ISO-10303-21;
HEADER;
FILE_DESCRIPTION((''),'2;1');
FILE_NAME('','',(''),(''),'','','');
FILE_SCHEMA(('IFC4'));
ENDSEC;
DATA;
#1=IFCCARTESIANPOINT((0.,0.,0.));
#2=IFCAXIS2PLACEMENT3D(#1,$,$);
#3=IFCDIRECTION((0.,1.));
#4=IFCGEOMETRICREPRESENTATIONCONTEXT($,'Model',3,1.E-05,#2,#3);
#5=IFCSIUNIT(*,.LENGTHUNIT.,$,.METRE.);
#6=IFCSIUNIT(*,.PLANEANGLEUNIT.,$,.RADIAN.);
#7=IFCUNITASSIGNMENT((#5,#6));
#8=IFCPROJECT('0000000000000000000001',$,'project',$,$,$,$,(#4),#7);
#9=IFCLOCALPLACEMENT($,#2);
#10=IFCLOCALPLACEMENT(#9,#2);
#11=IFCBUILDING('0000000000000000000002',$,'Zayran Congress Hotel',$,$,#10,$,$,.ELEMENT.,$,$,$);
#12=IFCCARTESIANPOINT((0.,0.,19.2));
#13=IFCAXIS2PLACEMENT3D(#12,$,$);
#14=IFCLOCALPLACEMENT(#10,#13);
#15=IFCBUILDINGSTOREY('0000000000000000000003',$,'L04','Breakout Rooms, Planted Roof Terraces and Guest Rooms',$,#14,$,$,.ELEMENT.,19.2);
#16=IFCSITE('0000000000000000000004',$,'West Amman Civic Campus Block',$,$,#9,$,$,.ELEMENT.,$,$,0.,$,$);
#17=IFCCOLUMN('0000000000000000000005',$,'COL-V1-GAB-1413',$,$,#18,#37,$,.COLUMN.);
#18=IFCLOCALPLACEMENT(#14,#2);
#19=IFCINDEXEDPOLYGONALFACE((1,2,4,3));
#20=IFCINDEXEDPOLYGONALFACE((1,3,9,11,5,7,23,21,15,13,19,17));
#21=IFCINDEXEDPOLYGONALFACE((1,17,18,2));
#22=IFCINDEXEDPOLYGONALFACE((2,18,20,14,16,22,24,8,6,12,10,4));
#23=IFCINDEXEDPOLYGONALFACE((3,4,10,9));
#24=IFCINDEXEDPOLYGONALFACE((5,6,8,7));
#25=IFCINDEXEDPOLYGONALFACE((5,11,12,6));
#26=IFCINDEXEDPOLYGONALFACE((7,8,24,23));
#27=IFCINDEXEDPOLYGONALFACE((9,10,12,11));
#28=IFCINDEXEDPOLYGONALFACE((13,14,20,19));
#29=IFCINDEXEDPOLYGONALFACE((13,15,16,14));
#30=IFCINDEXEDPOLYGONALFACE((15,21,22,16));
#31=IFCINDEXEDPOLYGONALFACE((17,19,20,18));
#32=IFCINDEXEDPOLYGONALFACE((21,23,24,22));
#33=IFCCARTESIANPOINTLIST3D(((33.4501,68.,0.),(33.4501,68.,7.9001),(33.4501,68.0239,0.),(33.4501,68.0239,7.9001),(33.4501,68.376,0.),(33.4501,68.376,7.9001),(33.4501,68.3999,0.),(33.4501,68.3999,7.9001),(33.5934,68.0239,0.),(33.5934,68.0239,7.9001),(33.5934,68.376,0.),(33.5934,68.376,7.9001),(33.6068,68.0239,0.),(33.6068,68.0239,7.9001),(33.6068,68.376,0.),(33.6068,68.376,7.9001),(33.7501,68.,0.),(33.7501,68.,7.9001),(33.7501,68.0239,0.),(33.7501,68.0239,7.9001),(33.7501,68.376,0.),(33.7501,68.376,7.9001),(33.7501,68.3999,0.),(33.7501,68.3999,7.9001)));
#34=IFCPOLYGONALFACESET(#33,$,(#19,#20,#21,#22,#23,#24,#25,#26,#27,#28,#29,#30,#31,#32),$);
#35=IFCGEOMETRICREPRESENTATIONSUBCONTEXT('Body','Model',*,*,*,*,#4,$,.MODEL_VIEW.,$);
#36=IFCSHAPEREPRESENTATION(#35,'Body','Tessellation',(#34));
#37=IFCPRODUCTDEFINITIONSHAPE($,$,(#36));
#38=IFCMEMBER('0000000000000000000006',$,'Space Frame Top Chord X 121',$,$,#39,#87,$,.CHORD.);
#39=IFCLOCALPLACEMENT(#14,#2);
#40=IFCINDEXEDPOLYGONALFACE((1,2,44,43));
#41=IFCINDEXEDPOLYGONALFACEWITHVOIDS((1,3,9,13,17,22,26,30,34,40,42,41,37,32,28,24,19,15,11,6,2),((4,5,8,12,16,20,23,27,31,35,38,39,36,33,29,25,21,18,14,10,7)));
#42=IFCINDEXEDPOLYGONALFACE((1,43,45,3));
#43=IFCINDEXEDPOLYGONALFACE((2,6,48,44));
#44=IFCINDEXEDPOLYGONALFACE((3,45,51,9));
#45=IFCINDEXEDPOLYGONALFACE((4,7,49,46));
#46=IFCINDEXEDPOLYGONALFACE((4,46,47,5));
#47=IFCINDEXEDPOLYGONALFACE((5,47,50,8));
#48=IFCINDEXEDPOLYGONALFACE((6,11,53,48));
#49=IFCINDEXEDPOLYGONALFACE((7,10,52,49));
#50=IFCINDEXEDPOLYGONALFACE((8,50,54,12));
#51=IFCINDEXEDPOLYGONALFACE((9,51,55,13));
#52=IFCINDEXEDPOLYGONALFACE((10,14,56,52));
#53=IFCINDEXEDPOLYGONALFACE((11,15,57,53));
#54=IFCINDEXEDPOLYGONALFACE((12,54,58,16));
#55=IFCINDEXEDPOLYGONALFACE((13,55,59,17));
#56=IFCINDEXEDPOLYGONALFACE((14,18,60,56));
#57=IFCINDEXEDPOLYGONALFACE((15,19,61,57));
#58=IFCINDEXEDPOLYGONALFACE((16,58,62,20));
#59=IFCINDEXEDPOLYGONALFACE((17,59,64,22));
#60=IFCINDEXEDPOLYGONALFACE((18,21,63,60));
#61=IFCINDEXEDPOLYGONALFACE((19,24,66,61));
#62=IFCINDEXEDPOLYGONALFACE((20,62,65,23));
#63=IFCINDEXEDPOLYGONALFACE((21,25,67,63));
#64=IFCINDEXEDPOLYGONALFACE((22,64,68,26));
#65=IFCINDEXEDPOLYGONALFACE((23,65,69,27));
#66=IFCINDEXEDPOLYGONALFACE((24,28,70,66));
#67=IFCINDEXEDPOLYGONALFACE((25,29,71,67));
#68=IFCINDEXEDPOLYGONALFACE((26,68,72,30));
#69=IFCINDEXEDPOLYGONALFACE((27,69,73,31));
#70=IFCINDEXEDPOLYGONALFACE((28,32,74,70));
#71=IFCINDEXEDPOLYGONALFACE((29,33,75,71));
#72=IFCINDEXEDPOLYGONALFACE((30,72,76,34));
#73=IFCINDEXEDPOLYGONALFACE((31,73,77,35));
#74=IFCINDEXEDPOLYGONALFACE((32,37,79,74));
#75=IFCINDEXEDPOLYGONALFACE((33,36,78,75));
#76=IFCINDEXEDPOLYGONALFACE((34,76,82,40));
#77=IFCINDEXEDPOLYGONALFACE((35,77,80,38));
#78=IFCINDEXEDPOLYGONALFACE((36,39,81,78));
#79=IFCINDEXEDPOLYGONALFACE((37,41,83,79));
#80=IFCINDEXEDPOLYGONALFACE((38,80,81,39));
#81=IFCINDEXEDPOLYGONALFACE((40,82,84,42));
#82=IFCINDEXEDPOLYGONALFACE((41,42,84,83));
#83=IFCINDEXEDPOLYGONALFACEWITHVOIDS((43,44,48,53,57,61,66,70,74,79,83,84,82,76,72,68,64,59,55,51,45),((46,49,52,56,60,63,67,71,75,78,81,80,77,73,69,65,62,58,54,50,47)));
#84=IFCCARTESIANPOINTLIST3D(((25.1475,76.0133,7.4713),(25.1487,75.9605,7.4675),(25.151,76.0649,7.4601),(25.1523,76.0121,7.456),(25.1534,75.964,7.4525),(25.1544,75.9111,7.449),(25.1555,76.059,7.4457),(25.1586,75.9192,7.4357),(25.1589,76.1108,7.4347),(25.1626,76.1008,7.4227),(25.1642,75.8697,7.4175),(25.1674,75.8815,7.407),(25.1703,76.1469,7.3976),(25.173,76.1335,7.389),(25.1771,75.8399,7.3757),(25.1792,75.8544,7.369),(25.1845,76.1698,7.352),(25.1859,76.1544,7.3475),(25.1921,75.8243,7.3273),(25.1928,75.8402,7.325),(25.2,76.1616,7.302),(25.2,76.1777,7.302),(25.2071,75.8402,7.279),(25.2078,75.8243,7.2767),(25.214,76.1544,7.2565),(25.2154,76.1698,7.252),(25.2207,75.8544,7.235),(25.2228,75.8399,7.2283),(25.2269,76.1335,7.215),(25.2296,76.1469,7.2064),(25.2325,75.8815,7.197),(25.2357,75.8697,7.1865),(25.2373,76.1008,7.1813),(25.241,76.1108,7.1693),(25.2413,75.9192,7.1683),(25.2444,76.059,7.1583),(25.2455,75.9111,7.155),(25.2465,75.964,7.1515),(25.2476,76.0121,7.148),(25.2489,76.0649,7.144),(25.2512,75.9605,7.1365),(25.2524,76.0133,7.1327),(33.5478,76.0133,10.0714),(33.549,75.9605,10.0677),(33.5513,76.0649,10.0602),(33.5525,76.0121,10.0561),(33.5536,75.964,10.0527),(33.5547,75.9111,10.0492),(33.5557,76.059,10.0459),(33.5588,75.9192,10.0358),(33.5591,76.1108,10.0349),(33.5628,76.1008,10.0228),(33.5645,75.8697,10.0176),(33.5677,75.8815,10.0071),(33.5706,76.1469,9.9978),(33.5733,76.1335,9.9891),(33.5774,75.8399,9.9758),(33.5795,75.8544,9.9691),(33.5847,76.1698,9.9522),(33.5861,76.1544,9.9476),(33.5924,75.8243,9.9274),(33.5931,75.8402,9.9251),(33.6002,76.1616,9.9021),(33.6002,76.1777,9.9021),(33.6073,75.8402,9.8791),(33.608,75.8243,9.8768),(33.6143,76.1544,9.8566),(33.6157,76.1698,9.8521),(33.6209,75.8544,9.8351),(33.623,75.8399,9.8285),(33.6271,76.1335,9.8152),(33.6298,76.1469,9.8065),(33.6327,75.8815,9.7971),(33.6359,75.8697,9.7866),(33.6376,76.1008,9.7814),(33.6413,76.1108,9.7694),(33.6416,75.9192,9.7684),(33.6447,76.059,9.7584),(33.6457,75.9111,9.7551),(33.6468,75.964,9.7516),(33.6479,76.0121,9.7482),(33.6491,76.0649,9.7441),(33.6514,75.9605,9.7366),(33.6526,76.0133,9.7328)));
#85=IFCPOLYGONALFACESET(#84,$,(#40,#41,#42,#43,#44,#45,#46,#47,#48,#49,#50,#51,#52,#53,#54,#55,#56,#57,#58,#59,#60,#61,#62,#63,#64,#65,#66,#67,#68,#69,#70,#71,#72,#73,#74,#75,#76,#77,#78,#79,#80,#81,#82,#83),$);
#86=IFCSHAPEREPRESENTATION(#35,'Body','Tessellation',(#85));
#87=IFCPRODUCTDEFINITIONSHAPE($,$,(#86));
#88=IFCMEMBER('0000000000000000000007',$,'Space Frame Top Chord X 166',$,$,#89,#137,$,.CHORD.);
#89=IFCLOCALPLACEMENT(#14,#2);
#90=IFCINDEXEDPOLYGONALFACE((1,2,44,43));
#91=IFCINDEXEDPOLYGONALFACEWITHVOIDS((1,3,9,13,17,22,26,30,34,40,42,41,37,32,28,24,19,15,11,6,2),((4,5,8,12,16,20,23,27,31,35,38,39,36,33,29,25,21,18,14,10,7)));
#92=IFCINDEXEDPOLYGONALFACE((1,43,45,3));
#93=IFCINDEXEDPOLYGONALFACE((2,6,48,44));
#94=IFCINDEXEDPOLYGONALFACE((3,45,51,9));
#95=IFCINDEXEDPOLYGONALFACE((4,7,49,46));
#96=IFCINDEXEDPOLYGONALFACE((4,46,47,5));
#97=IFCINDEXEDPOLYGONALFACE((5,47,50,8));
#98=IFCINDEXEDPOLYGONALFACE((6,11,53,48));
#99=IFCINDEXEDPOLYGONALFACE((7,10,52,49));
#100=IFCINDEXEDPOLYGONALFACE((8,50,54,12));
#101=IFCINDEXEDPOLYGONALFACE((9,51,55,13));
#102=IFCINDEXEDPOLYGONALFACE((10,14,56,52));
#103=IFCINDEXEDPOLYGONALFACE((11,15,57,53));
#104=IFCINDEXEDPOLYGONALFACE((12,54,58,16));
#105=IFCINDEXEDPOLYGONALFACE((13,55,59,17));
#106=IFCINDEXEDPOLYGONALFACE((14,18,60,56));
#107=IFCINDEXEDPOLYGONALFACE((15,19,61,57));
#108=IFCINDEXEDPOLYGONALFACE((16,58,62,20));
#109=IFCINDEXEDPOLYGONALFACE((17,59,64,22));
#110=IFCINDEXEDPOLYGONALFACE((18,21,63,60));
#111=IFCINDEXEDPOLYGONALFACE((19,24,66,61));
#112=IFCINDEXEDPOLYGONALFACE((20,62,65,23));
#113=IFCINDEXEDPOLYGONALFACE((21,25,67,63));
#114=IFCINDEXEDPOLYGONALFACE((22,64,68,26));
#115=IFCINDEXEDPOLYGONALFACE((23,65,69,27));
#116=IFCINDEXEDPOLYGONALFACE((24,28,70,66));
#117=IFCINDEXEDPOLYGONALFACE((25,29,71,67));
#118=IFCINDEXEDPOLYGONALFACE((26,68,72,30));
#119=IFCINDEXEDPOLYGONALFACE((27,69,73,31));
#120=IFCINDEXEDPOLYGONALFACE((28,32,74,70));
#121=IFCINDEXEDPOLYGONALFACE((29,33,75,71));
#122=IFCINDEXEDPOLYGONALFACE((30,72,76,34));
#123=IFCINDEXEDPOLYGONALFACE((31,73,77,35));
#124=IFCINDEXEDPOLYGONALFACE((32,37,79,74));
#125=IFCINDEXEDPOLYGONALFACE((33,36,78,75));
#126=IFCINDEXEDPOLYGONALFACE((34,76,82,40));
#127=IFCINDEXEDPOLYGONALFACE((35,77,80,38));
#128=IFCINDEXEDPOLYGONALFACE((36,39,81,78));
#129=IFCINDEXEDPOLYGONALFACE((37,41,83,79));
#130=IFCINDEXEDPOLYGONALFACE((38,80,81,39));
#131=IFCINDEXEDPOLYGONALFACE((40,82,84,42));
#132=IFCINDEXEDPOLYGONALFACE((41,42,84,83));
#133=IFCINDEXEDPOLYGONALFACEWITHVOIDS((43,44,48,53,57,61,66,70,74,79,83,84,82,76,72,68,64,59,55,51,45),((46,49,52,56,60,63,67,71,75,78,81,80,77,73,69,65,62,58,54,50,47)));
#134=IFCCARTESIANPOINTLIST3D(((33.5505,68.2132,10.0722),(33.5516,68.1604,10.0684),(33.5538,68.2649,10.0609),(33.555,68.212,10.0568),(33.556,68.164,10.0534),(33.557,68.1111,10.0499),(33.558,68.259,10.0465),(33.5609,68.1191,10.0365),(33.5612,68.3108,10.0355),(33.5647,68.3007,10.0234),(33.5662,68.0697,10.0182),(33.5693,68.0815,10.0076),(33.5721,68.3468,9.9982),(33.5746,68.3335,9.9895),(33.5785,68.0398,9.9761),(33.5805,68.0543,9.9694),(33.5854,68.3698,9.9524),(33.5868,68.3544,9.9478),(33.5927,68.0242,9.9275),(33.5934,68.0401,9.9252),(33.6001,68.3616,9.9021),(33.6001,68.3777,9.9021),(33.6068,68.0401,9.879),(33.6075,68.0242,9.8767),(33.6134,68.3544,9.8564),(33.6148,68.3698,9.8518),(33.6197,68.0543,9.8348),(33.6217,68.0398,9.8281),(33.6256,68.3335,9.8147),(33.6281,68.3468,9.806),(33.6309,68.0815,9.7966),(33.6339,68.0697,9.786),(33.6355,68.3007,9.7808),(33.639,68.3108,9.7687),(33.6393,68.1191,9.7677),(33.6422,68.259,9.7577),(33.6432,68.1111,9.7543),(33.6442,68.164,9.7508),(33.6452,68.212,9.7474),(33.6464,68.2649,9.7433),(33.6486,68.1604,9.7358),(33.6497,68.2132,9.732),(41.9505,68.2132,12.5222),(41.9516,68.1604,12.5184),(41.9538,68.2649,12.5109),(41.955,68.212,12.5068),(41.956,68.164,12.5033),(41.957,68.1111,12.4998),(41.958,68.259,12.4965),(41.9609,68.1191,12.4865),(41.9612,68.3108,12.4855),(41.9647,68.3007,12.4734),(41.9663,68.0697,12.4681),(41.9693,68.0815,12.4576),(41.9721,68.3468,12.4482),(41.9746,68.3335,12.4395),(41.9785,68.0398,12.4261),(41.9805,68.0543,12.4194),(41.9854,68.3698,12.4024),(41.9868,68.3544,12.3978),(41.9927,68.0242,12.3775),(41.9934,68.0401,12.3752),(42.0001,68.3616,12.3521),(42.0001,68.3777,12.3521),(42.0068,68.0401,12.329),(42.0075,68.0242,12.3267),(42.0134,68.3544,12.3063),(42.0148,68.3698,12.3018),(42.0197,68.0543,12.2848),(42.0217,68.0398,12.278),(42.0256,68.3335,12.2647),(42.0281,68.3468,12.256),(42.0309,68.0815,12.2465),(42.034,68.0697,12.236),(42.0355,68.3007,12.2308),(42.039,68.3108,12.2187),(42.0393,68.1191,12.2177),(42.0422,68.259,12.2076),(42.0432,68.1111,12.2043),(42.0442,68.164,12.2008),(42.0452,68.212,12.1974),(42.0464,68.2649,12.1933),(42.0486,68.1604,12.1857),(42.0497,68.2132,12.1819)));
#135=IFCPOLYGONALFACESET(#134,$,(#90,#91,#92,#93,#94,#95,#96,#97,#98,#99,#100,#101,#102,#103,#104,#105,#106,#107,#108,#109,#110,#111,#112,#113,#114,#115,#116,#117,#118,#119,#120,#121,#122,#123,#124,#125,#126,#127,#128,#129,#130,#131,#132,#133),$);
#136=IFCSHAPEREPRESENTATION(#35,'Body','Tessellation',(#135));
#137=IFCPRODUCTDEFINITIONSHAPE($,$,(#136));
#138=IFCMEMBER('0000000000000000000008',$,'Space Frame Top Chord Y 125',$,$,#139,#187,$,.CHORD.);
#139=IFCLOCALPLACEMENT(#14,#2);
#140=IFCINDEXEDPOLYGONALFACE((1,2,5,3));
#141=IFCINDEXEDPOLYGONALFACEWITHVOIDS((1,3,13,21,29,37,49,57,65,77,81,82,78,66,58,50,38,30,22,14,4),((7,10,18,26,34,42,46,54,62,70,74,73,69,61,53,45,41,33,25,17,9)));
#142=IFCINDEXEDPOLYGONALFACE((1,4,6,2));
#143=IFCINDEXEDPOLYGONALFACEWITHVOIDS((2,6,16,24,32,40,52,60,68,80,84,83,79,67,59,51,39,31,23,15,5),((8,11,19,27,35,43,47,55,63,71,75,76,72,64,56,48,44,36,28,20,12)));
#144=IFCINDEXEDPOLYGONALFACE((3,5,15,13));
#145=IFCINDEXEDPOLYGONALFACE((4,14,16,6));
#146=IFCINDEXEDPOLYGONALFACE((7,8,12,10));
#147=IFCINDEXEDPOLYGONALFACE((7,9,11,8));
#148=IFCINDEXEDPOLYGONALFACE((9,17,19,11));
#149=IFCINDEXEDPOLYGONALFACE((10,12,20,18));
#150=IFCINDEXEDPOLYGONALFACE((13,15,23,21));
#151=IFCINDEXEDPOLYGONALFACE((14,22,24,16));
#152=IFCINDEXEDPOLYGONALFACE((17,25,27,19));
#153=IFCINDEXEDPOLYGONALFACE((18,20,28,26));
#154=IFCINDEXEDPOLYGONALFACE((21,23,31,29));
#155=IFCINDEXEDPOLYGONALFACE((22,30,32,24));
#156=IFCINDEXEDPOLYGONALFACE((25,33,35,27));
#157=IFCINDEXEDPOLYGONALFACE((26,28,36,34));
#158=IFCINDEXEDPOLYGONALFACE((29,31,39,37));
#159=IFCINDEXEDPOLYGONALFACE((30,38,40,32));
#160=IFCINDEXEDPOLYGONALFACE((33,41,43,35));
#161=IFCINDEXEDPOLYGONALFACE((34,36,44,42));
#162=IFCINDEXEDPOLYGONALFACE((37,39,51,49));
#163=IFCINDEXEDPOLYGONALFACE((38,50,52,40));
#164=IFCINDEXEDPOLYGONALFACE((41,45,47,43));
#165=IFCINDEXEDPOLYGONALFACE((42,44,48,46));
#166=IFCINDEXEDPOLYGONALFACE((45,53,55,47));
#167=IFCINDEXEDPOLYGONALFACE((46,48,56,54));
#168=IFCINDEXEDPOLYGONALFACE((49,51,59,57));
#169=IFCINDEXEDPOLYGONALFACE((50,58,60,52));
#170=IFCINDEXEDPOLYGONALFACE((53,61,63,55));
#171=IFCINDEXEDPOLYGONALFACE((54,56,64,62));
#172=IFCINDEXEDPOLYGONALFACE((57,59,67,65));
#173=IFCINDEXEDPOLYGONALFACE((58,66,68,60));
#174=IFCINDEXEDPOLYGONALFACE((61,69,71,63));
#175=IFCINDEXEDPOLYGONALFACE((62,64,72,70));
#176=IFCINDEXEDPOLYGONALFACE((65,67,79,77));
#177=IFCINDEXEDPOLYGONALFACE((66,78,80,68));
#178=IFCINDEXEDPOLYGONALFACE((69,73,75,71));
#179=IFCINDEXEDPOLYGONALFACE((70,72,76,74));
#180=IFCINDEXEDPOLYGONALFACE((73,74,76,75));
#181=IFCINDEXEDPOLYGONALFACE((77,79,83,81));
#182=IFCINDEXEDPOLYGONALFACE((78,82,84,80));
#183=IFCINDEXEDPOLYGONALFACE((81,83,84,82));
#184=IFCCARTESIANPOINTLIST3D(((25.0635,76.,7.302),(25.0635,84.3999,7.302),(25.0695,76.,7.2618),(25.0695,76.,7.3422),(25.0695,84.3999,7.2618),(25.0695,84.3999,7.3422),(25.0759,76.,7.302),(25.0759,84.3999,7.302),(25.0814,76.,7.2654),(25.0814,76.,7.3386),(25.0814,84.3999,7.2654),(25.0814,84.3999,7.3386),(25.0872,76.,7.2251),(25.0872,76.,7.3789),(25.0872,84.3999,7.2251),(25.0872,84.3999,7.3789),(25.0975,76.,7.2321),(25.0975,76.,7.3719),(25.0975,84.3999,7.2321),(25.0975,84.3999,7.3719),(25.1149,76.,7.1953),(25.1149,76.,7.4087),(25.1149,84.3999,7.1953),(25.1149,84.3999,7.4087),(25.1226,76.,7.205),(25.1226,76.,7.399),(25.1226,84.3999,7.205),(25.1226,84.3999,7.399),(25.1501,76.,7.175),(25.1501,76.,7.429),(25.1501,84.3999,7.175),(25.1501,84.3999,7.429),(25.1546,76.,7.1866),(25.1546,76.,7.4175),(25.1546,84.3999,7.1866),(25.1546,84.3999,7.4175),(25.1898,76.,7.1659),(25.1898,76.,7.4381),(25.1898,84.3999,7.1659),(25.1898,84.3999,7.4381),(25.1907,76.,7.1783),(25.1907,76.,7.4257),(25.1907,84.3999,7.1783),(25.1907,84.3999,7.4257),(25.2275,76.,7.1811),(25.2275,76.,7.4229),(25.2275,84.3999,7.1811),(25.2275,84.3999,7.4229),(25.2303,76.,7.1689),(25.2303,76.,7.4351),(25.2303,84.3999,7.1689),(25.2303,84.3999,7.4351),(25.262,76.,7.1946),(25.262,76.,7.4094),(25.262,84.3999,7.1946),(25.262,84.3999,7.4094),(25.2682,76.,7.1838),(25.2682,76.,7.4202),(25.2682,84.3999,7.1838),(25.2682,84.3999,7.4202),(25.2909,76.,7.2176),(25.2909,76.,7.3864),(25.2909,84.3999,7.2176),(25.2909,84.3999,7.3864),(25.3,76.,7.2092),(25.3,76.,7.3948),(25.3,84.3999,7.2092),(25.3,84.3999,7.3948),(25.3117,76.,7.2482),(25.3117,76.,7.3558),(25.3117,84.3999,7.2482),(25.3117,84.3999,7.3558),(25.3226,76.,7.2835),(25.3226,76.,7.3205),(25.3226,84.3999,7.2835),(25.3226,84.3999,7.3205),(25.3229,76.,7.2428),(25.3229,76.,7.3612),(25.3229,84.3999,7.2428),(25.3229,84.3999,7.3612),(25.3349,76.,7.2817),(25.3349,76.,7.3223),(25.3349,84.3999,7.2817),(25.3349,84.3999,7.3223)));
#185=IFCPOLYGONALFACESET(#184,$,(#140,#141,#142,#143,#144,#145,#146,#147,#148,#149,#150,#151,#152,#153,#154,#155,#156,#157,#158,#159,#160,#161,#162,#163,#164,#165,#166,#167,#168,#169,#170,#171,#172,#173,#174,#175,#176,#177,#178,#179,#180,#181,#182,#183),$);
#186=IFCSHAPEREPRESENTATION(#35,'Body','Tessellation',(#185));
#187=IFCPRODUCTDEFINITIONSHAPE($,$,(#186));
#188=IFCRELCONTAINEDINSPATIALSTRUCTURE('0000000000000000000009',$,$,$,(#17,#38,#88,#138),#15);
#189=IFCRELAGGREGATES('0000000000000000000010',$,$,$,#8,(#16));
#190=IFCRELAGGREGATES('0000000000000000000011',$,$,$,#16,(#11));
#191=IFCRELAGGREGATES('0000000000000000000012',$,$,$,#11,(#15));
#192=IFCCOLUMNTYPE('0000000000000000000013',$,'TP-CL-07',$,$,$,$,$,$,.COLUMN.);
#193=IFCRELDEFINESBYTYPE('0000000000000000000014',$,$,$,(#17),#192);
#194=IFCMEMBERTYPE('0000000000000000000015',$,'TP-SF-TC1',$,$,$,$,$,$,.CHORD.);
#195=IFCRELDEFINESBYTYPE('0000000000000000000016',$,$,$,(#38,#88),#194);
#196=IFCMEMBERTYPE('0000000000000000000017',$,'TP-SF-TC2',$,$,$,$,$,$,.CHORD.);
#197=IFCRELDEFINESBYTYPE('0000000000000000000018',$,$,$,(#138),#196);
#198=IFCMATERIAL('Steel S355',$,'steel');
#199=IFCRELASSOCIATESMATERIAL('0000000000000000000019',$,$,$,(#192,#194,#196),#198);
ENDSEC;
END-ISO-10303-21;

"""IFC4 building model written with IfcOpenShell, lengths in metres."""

from ifc_helpers import new_model, si_unit, direction, frame, origin, origin_2d, place, context, subcontext, project, spatial, hollow_circle, i_section, extrude, material, material_profile, profile_set, type_object, element, save


model = new_model("IFC4")

# Units and contexts
model_context = context("Model", 3, precision=1e-05, world=origin(), true_north=direction((0.0, 1.0)))
body_context = subcontext(model_context, "Body", "Model", "MODEL_VIEW")
ifc_project = project(units=[si_unit("LENGTHUNIT", "METRE"), si_unit("PLANEANGLEUNIT", "RADIAN")], contexts=[model_context])

# Site, building, storey
site_placement = place(None, origin())
site = spatial("IfcSite", under=ifc_project, at=site_placement, Name="West Amman Civic Campus Block", CompositionType="ELEMENT", RefElevation=0.0)
building_placement = place(site_placement, origin())
building = spatial("IfcBuilding", under=site, at=building_placement, Name="Zayran Congress Hotel", CompositionType="ELEMENT")
storey_placement = place(building_placement, frame((0.0, 0.0, 19.2)))
storey = spatial("IfcBuildingStorey", under=building, at=storey_placement, Name="L04", Description="Breakout Rooms, Planted Roof Terraces and Guest Rooms", CompositionType="ELEMENT", Elevation=19.2)

# Column
ifc_material_1 = material(Name="Steel S355", Category="steel")
ifc_material_profile_1 = material_profile(ifc_material_1, i_section(OverallWidth=0.3, OverallDepth=0.3999, WebThickness=0.0134, FlangeThickness=0.0239, at=origin_2d()), Name="HEB 400")
ifc_profile_set_1 = profile_set([ifc_material_profile_1], Name="Steel S355")
column_type = type_object("IfcColumnType", Name="TP-CL-07", PredefinedType="COLUMN", material=ifc_profile_set_1)
column_placement = place(storey_placement, frame((33.6001, 68.2, 0.0), z_axis=(0.0, 0.0, 1.0), x_axis=(1.0, 0.0, 0.0)))
element("IfcColumn", 1, at=column_placement, inside=storey, type_object=column_type, Name="COL-V1-GAB-1413", PredefinedType="COLUMN", context=body_context, shape_type="SweptSolid", body=[
    extrude(i_section(OverallWidth=0.3, OverallDepth=0.3999, WebThickness=0.0134, FlangeThickness=0.0239, at=origin_2d()), origin(), (0.0, 0.0, 1.0), 7.9001),
])

# Members
ifc_material_profile_2 = material_profile(ifc_material_1, hollow_circle(Radius=0.1777, WallThickness=0.0161, at=origin_2d()), Name="CHS 355.6x16")
ifc_profile_set_2 = profile_set([ifc_material_profile_2], Name="Steel S355")
member_type_1 = type_object("IfcMemberType", Name="TP-SF-TC1", PredefinedType="CHORD", material=ifc_profile_set_2)
member_1_placement = place(storey_placement, frame((25.2, 76.0, 7.302), z_axis=(0.955284, 0.0, 0.295689), x_axis=(0.0, 1.0, 0.0)))
element("IfcMember", 2, at=member_1_placement, inside=storey, type_object=member_type_1, Name="Space Frame Top Chord X 121", PredefinedType="CHORD", context=body_context, shape_type="SweptSolid", body=[
    extrude(hollow_circle(Radius=0.1777, WallThickness=0.0161, at=origin_2d()), origin(), (0.0, 0.0, 1.0), 8.7935),
])
member_2_placement = place(storey_placement, frame((33.6001, 68.2, 9.9021), z_axis=(0.960001, 0.0, 0.279998), x_axis=(0.0, 1.0, 0.0)))
element("IfcMember", 3, at=member_2_placement, inside=storey, type_object=member_type_1, Name="Space Frame Top Chord X 166", PredefinedType="CHORD", context=body_context, shape_type="SweptSolid", body=[
    extrude(hollow_circle(Radius=0.1777, WallThickness=0.0161, at=origin_2d()), origin(), (0.0, 0.0, 1.0), 8.75),
])
ifc_material_profile_3 = material_profile(ifc_material_1, hollow_circle(Radius=0.1365, WallThickness=0.0125, at=origin_2d()), Name="CHS 273x12.5")
ifc_profile_set_3 = profile_set([ifc_material_profile_3], Name="Steel S355")
member_type_2 = type_object("IfcMemberType", Name="TP-SF-TC2", PredefinedType="CHORD", material=ifc_profile_set_3)
member_3_placement = place(storey_placement, frame((25.2, 76.0, 7.302), z_axis=(0.0, 1.0, 0.0), x_axis=(-1.0, 0.0, 0.0)))
element("IfcMember", 4, at=member_3_placement, inside=storey, type_object=member_type_2, Name="Space Frame Top Chord Y 125", PredefinedType="CHORD", context=body_context, shape_type="SweptSolid", body=[
    extrude(hollow_circle(Radius=0.1365, WallThickness=0.0125, at=origin_2d()), origin(), (0.0, 0.0, 1.0), 8.3999),
])

save(model, "model.ifc")
